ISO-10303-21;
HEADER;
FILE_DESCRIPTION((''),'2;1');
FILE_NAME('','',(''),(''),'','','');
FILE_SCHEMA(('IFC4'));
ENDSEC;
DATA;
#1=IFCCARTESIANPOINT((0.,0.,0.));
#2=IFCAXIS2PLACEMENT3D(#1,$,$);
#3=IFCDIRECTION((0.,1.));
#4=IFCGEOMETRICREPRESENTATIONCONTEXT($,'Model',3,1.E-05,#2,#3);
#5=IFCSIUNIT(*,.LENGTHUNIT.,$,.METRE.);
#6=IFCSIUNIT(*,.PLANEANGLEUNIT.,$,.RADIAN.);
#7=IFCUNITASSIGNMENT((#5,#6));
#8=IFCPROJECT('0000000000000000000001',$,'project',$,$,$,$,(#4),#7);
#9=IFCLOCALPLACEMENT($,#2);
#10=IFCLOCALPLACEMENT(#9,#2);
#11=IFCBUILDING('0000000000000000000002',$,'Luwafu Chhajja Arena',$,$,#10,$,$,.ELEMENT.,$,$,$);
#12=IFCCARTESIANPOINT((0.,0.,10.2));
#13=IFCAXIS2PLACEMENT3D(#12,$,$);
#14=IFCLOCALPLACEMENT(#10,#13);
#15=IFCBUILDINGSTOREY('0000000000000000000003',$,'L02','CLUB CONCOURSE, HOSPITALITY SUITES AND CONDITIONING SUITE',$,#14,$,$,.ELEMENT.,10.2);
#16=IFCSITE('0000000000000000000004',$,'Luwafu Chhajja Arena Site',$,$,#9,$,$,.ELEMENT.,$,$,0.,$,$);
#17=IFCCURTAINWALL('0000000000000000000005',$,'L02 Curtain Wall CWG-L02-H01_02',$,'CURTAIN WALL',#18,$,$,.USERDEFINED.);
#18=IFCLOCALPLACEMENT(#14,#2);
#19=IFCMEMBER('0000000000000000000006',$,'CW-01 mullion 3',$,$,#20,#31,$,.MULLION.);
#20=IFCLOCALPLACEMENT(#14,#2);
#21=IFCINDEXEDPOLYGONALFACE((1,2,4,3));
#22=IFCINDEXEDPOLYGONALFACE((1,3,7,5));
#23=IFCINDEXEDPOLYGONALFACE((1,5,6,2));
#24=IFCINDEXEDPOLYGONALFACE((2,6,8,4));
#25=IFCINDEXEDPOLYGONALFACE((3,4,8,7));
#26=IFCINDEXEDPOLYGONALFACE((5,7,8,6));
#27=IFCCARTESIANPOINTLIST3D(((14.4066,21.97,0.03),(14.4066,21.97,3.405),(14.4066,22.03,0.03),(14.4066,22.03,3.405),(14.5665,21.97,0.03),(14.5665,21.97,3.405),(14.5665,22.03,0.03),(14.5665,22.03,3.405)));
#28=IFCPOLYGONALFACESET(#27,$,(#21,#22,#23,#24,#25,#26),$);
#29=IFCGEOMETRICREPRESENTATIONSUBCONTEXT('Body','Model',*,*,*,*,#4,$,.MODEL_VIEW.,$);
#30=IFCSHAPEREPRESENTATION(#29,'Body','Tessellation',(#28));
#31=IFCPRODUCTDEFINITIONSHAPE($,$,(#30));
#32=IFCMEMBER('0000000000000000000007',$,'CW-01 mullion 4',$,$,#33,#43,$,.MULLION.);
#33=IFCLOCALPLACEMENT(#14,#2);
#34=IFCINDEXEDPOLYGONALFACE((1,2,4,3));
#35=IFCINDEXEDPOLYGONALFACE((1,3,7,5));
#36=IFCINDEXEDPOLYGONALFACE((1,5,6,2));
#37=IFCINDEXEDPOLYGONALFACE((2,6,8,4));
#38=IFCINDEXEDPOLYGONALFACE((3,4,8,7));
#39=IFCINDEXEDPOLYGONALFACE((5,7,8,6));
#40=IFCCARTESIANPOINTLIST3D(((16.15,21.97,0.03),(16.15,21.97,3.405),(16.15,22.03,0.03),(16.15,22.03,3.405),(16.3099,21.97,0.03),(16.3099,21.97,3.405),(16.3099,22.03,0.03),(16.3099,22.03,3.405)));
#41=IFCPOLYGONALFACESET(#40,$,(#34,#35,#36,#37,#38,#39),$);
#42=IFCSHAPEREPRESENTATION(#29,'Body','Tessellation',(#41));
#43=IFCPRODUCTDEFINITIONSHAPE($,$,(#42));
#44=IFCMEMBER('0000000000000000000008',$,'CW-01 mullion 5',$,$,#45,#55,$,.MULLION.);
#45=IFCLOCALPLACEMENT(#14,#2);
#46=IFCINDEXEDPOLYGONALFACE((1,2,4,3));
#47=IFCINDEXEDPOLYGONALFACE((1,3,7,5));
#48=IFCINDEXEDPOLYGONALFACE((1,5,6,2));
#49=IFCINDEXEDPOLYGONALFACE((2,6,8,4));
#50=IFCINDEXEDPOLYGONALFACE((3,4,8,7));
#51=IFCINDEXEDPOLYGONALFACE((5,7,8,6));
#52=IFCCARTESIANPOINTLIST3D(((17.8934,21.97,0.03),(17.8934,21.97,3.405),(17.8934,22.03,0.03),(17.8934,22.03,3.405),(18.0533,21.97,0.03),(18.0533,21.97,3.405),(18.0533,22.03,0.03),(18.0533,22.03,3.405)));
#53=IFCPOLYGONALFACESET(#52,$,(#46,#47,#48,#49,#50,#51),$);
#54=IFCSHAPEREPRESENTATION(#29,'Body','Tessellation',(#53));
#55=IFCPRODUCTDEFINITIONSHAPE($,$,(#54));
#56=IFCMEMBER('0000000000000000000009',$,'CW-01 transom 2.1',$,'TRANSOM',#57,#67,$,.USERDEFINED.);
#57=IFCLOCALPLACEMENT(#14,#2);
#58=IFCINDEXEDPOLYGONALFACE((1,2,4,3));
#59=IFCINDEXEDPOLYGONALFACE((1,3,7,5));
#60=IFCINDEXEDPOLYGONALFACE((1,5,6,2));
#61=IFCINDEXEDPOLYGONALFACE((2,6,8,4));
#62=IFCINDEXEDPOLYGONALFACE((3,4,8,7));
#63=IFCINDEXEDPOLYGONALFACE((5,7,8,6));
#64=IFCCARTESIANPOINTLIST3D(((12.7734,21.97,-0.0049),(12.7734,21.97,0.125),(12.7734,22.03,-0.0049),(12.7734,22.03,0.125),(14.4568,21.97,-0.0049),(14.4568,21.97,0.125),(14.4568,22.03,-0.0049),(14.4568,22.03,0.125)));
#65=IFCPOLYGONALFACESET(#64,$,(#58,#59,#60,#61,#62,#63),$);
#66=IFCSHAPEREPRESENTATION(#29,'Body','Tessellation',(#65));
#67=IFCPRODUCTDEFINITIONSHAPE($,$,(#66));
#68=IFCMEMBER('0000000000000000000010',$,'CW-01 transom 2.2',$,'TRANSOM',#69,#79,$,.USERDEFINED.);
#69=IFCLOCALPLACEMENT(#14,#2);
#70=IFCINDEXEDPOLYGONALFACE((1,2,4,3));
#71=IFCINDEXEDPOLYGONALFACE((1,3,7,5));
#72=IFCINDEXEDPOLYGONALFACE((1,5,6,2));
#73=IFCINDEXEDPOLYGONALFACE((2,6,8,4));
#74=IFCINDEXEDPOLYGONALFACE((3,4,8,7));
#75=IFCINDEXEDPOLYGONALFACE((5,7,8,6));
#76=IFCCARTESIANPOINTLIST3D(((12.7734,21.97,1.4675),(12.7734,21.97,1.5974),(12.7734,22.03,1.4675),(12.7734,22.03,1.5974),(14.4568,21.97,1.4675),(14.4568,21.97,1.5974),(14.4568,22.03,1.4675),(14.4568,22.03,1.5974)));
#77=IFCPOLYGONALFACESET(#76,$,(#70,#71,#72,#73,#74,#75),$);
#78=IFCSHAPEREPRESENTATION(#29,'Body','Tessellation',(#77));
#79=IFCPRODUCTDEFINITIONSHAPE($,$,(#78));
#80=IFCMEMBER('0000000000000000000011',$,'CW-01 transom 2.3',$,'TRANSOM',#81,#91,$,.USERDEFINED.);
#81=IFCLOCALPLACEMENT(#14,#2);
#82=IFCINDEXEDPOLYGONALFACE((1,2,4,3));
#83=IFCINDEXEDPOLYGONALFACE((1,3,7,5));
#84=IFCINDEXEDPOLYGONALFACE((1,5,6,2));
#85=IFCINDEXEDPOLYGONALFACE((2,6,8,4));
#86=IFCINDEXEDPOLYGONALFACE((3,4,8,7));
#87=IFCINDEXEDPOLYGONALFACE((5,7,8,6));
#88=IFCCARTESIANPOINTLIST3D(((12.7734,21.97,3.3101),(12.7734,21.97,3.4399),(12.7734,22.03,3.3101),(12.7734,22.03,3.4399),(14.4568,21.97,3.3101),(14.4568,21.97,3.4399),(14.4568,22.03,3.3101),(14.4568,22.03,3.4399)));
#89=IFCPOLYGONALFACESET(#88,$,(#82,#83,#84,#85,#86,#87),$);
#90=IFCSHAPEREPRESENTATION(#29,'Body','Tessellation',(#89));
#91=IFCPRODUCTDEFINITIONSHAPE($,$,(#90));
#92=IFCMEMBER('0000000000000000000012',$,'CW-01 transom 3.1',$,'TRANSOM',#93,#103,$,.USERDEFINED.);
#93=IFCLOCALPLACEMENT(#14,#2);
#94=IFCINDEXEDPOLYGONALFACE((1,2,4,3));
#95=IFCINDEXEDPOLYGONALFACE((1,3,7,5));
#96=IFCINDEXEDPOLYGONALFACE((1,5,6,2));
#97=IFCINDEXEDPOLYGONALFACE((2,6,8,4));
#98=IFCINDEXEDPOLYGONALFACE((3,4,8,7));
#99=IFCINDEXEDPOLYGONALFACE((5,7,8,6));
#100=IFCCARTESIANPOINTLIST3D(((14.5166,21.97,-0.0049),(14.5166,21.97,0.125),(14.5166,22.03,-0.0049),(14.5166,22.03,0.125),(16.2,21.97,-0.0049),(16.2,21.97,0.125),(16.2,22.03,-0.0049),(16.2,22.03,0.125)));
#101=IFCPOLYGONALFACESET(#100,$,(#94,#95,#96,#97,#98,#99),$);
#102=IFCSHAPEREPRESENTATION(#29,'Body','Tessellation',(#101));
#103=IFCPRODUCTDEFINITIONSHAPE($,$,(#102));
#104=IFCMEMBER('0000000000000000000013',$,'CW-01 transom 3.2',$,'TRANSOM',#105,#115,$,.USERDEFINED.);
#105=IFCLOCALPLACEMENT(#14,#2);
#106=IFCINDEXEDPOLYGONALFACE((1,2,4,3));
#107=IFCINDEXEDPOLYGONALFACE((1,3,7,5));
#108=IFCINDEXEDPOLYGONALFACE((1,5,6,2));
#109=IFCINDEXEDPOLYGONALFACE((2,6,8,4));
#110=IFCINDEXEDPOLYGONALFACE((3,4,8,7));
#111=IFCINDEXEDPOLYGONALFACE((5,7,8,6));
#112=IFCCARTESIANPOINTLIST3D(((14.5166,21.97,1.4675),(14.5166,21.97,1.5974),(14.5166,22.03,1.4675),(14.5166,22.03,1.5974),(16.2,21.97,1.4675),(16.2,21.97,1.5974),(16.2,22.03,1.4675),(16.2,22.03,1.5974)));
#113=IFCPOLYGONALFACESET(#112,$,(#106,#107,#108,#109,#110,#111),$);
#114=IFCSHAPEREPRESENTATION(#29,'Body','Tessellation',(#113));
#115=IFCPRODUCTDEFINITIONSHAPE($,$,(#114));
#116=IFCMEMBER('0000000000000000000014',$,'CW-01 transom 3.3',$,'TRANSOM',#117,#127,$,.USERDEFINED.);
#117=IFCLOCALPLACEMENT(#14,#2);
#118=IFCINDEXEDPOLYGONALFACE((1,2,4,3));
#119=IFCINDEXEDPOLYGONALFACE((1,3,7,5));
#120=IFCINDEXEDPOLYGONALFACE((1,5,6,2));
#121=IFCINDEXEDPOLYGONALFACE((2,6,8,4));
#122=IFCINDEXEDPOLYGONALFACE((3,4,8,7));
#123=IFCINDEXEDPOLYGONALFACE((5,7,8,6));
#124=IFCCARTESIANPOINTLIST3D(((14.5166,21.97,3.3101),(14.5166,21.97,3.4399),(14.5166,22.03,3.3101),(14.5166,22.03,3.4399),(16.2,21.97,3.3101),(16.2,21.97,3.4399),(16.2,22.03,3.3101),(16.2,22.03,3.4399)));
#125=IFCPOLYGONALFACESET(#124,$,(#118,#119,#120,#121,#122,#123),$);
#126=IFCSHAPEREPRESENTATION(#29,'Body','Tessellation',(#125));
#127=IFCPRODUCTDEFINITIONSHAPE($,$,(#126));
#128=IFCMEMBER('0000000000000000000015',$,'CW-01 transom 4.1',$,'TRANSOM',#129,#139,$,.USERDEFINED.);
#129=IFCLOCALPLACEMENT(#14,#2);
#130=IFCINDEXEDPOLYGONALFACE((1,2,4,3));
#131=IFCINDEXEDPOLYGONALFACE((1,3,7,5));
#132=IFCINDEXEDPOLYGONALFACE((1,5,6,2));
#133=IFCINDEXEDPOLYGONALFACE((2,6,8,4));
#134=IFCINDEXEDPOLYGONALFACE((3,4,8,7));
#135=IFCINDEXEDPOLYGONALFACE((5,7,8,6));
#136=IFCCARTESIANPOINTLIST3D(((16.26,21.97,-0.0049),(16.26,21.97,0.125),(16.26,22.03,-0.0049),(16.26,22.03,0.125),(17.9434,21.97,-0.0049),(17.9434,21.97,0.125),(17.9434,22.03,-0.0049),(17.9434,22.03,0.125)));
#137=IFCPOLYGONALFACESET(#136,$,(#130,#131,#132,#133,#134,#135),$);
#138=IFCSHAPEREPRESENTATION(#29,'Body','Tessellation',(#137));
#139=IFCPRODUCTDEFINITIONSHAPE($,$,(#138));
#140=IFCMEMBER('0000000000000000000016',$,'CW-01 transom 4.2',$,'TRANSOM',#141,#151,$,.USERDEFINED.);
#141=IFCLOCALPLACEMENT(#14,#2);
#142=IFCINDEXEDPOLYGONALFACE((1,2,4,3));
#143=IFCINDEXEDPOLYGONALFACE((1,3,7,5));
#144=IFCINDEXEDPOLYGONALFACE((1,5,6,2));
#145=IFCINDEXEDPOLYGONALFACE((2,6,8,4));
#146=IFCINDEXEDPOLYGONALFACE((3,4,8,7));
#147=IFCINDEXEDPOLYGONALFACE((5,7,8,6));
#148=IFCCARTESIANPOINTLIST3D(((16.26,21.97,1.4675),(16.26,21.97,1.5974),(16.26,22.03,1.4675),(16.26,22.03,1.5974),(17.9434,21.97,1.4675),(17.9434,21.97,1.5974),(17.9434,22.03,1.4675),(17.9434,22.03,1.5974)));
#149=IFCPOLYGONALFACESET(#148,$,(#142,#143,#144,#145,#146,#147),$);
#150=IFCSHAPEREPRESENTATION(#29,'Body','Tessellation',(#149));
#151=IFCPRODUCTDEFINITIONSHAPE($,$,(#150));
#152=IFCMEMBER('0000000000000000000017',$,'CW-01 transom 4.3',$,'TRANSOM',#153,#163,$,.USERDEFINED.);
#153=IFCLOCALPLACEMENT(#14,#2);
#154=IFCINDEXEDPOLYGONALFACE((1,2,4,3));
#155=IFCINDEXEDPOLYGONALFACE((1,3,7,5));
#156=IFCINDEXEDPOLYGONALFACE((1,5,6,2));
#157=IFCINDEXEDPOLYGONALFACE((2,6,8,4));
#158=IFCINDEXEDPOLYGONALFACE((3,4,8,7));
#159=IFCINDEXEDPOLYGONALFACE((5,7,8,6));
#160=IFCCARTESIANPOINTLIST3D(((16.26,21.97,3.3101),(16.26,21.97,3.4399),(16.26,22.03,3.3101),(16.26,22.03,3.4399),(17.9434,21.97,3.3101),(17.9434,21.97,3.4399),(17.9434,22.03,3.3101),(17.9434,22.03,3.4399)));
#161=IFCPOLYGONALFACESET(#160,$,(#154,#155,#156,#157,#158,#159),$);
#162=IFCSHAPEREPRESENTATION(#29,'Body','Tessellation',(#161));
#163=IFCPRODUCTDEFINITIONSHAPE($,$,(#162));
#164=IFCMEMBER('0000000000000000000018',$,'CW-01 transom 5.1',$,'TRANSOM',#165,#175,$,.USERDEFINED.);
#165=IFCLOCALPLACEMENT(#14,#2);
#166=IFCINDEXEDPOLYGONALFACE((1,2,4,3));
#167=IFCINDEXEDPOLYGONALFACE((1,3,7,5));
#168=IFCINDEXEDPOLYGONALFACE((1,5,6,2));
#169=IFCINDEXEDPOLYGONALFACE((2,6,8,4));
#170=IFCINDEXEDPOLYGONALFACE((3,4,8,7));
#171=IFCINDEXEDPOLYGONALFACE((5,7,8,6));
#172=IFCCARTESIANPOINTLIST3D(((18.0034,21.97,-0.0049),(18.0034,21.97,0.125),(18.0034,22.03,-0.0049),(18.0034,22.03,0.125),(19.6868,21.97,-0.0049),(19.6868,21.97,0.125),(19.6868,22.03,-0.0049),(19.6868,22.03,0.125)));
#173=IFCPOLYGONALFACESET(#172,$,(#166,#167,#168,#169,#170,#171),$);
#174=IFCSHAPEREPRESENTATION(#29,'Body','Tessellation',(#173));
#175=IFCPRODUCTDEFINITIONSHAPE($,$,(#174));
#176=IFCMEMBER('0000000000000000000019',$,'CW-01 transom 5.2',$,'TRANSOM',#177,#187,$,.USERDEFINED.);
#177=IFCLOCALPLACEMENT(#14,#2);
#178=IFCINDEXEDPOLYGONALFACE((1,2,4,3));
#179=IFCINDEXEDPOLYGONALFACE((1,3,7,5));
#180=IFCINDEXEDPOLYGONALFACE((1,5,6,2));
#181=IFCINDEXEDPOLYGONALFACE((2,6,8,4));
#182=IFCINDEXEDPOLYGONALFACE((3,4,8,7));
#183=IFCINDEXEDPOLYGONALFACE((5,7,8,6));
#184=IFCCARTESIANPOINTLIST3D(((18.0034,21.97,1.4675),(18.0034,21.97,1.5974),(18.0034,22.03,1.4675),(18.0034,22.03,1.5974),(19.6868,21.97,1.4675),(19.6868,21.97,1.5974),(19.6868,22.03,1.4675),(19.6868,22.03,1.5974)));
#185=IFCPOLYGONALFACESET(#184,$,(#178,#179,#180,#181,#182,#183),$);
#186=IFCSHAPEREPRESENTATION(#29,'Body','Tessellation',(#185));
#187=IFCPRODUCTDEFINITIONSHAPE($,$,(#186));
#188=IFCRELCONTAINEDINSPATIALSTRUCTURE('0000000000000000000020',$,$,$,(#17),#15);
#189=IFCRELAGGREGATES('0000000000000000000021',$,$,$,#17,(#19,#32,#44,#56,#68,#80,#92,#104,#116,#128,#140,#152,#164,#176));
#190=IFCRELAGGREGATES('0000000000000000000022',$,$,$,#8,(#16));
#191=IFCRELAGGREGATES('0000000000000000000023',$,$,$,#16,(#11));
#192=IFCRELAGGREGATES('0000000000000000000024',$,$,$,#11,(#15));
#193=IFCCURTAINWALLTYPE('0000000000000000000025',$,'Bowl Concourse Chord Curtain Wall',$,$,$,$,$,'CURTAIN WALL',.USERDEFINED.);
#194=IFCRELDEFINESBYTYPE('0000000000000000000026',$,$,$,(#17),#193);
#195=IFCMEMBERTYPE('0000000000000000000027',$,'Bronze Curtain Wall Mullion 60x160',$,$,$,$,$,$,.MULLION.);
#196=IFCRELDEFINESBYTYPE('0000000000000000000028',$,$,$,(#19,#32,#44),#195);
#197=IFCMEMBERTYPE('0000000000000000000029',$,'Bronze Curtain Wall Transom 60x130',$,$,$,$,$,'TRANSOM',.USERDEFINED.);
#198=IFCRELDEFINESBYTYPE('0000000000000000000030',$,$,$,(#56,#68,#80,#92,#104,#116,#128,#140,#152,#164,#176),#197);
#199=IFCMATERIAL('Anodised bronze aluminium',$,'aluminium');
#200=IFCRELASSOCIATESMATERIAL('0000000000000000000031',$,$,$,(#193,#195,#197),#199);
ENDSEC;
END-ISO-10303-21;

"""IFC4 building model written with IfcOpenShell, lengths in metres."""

from ifc_helpers import new_model, si_unit, direction, frame, origin, origin_2d, place, context, subcontext, project, spatial, rectangle, extrude, material, material_profile, profile_set, type_object, element, aggregate, save


model = new_model("IFC4")

# Units and contexts
model_context = context("Model", 3, precision=1e-05, world=origin(), true_north=direction((0.0, 1.0)))
body_context = subcontext(model_context, "Body", "Model", "MODEL_VIEW")
ifc_project = project(units=[si_unit("LENGTHUNIT", "METRE"), si_unit("PLANEANGLEUNIT", "RADIAN")], contexts=[model_context])

# Site, building, storey
site_placement = place(None, origin())
site = spatial("IfcSite", under=ifc_project, at=site_placement, Name="Luwafu Chhajja Arena Site", CompositionType="ELEMENT", RefElevation=0.0)
building_placement = place(site_placement, origin())
building = spatial("IfcBuilding", under=site, at=building_placement, Name="Luwafu Chhajja Arena", CompositionType="ELEMENT")
storey_placement = place(building_placement, frame((0.0, 0.0, 10.2)))
storey = spatial("IfcBuildingStorey", under=building, at=storey_placement, Name="L02", Description="CLUB CONCOURSE, HOSPITALITY SUITES AND CONDITIONING SUITE", CompositionType="ELEMENT", Elevation=10.2)

# Curtain wall, members
ifc_material_1 = material(Name="Anodised bronze aluminium", Category="aluminium")
curtain_wall_type = type_object("IfcCurtainWallType", Name="Bowl Concourse Chord Curtain Wall", ElementType="CURTAIN WALL", PredefinedType="USERDEFINED", material=ifc_material_1)
curtain_wall_placement = place(storey_placement, origin())
curtain_wall = element("IfcCurtainWall", 1, at=curtain_wall_placement, inside=storey, type_object=curtain_wall_type, Name="L02 Curtain Wall CWG-L02-H01_02", ObjectType="CURTAIN WALL", PredefinedType="USERDEFINED")
ifc_material_profile_1 = material_profile(ifc_material_1, rectangle(XDim=0.0601, YDim=0.1599, at=origin_2d()), Name="CWM 60x160")
ifc_profile_set_1 = profile_set([ifc_material_profile_1], Name="Anodised bronze aluminium")
member_type_1 = type_object("IfcMemberType", Name="Bronze Curtain Wall Mullion 60x160", PredefinedType="MULLION", material=ifc_profile_set_1)
member_1_placement = place(storey_placement, frame((14.4866, 22.0, 0.03), z_axis=(0.0, 0.0, 1.0), x_axis=(0.0, 1.0, 0.0)))
member_1 = element("IfcMember", 2, at=member_1_placement, type_object=member_type_1, Name="CW-01 mullion 3", PredefinedType="MULLION", context=body_context, shape_type="SweptSolid", body=[
    extrude(rectangle(XDim=0.0601, YDim=0.1599, at=origin_2d()), origin(), (0.0, 0.0, 1.0), 3.375),
])
member_2_placement = place(storey_placement, frame((16.23, 22.0, 0.03), z_axis=(0.0, 0.0, 1.0), x_axis=(0.0, 1.0, 0.0)))
member_2 = element("IfcMember", 3, at=member_2_placement, type_object=member_type_1, Name="CW-01 mullion 4", PredefinedType="MULLION", context=body_context, shape_type="SweptSolid", body=[
    extrude(rectangle(XDim=0.0601, YDim=0.1599, at=origin_2d()), origin(), (0.0, 0.0, 1.0), 3.375),
])
member_3_placement = place(storey_placement, frame((17.9734, 22.0, 0.03), z_axis=(0.0, 0.0, 1.0), x_axis=(0.0, 1.0, 0.0)))
member_3 = element("IfcMember", 4, at=member_3_placement, type_object=member_type_1, Name="CW-01 mullion 5", PredefinedType="MULLION", context=body_context, shape_type="SweptSolid", body=[
    extrude(rectangle(XDim=0.0601, YDim=0.1599, at=origin_2d()), origin(), (0.0, 0.0, 1.0), 3.375),
])
ifc_material_profile_2 = material_profile(ifc_material_1, rectangle(XDim=0.0601, YDim=0.1299, at=origin_2d()), Name="CWT 60x130")
ifc_profile_set_2 = profile_set([ifc_material_profile_2], Name="Anodised bronze aluminium")
member_type_2 = type_object("IfcMemberType", Name="Bronze Curtain Wall Transom 60x130", ElementType="TRANSOM", PredefinedType="USERDEFINED", material=ifc_profile_set_2)
member_4_placement = place(storey_placement, frame((12.7734, 22.0, 0.0601), z_axis=(1.0, 0.0, 0.0), x_axis=(0.0, 1.0, 0.0)))
member_4 = element("IfcMember", 5, at=member_4_placement, type_object=member_type_2, Name="CW-01 transom 2.1", ObjectType="TRANSOM", PredefinedType="USERDEFINED", context=body_context, shape_type="SweptSolid", body=[
    extrude(rectangle(XDim=0.0601, YDim=0.1299, at=origin_2d()), origin(), (0.0, 0.0, 1.0), 1.6833),
])
member_5_placement = place(storey_placement, frame((12.7734, 22.0, 1.5325), z_axis=(1.0, 0.0, 0.0), x_axis=(0.0, 1.0, 0.0)))
member_5 = element("IfcMember", 6, at=member_5_placement, type_object=member_type_2, Name="CW-01 transom 2.2", ObjectType="TRANSOM", PredefinedType="USERDEFINED", context=body_context, shape_type="SweptSolid", body=[
    extrude(rectangle(XDim=0.0601, YDim=0.1299, at=origin_2d()), origin(), (0.0, 0.0, 1.0), 1.6833),
])
member_6_placement = place(storey_placement, frame((12.7734, 22.0, 3.375), z_axis=(1.0, 0.0, 0.0), x_axis=(0.0, 1.0, 0.0)))
member_6 = element("IfcMember", 7, at=member_6_placement, type_object=member_type_2, Name="CW-01 transom 2.3", ObjectType="TRANSOM", PredefinedType="USERDEFINED", context=body_context, shape_type="SweptSolid", body=[
    extrude(rectangle(XDim=0.0601, YDim=0.1299, at=origin_2d()), origin(), (0.0, 0.0, 1.0), 1.6833),
])
member_7_placement = place(storey_placement, frame((14.5166, 22.0, 0.0601), z_axis=(1.0, 0.0, 0.0), x_axis=(0.0, 1.0, 0.0)))
member_7 = element("IfcMember", 8, at=member_7_placement, type_object=member_type_2, Name="CW-01 transom 3.1", ObjectType="TRANSOM", PredefinedType="USERDEFINED", context=body_context, shape_type="SweptSolid", body=[
    extrude(rectangle(XDim=0.0601, YDim=0.1299, at=origin_2d()), origin(), (0.0, 0.0, 1.0), 1.6833),
])
member_8_placement = place(storey_placement, frame((14.5166, 22.0, 1.5325), z_axis=(1.0, 0.0, 0.0), x_axis=(0.0, 1.0, 0.0)))
member_8 = element("IfcMember", 9, at=member_8_placement, type_object=member_type_2, Name="CW-01 transom 3.2", ObjectType="TRANSOM", PredefinedType="USERDEFINED", context=body_context, shape_type="SweptSolid", body=[
    extrude(rectangle(XDim=0.0601, YDim=0.1299, at=origin_2d()), origin(), (0.0, 0.0, 1.0), 1.6833),
])
member_9_placement = place(storey_placement, frame((14.5166, 22.0, 3.375), z_axis=(1.0, 0.0, 0.0), x_axis=(0.0, 1.0, 0.0)))
member_9 = element("IfcMember", 10, at=member_9_placement, type_object=member_type_2, Name="CW-01 transom 3.3", ObjectType="TRANSOM", PredefinedType="USERDEFINED", context=body_context, shape_type="SweptSolid", body=[
    extrude(rectangle(XDim=0.0601, YDim=0.1299, at=origin_2d()), origin(), (0.0, 0.0, 1.0), 1.6833),
])
member_10_placement = place(storey_placement, frame((16.26, 22.0, 0.0601), z_axis=(1.0, 0.0, 0.0), x_axis=(0.0, 1.0, 0.0)))
member_10 = element("IfcMember", 11, at=member_10_placement, type_object=member_type_2, Name="CW-01 transom 4.1", ObjectType="TRANSOM", PredefinedType="USERDEFINED", context=body_context, shape_type="SweptSolid", body=[
    extrude(rectangle(XDim=0.0601, YDim=0.1299, at=origin_2d()), origin(), (0.0, 0.0, 1.0), 1.6833),
])
member_11_placement = place(storey_placement, frame((16.26, 22.0, 1.5325), z_axis=(1.0, 0.0, 0.0), x_axis=(0.0, 1.0, 0.0)))
member_11 = element("IfcMember", 12, at=member_11_placement, type_object=member_type_2, Name="CW-01 transom 4.2", ObjectType="TRANSOM", PredefinedType="USERDEFINED", context=body_context, shape_type="SweptSolid", body=[
    extrude(rectangle(XDim=0.0601, YDim=0.1299, at=origin_2d()), origin(), (0.0, 0.0, 1.0), 1.6833),
])
member_12_placement = place(storey_placement, frame((16.26, 22.0, 3.375), z_axis=(1.0, 0.0, 0.0), x_axis=(0.0, 1.0, 0.0)))
member_12 = element("IfcMember", 13, at=member_12_placement, type_object=member_type_2, Name="CW-01 transom 4.3", ObjectType="TRANSOM", PredefinedType="USERDEFINED", context=body_context, shape_type="SweptSolid", body=[
    extrude(rectangle(XDim=0.0601, YDim=0.1299, at=origin_2d()), origin(), (0.0, 0.0, 1.0), 1.6833),
])
member_13_placement = place(storey_placement, frame((18.0034, 22.0, 0.0601), z_axis=(1.0, 0.0, 0.0), x_axis=(0.0, 1.0, 0.0)))
member_13 = element("IfcMember", 14, at=member_13_placement, type_object=member_type_2, Name="CW-01 transom 5.1", ObjectType="TRANSOM", PredefinedType="USERDEFINED", context=body_context, shape_type="SweptSolid", body=[
    extrude(rectangle(XDim=0.0601, YDim=0.1299, at=origin_2d()), origin(), (0.0, 0.0, 1.0), 1.6833),
])
member_14_placement = place(storey_placement, frame((18.0034, 22.0, 1.5325), z_axis=(1.0, 0.0, 0.0), x_axis=(0.0, 1.0, 0.0)))
member_14 = element("IfcMember", 15, at=member_14_placement, type_object=member_type_2, Name="CW-01 transom 5.2", ObjectType="TRANSOM", PredefinedType="USERDEFINED", context=body_context, shape_type="SweptSolid", body=[
    extrude(rectangle(XDim=0.0601, YDim=0.1299, at=origin_2d()), origin(), (0.0, 0.0, 1.0), 1.6833),
])
aggregate(curtain_wall, [member_1, member_2, member_3, member_4, member_5, member_6, member_7, member_8, member_9, member_10, member_11, member_12, member_13, member_14])

save(model, "model.ifc")
